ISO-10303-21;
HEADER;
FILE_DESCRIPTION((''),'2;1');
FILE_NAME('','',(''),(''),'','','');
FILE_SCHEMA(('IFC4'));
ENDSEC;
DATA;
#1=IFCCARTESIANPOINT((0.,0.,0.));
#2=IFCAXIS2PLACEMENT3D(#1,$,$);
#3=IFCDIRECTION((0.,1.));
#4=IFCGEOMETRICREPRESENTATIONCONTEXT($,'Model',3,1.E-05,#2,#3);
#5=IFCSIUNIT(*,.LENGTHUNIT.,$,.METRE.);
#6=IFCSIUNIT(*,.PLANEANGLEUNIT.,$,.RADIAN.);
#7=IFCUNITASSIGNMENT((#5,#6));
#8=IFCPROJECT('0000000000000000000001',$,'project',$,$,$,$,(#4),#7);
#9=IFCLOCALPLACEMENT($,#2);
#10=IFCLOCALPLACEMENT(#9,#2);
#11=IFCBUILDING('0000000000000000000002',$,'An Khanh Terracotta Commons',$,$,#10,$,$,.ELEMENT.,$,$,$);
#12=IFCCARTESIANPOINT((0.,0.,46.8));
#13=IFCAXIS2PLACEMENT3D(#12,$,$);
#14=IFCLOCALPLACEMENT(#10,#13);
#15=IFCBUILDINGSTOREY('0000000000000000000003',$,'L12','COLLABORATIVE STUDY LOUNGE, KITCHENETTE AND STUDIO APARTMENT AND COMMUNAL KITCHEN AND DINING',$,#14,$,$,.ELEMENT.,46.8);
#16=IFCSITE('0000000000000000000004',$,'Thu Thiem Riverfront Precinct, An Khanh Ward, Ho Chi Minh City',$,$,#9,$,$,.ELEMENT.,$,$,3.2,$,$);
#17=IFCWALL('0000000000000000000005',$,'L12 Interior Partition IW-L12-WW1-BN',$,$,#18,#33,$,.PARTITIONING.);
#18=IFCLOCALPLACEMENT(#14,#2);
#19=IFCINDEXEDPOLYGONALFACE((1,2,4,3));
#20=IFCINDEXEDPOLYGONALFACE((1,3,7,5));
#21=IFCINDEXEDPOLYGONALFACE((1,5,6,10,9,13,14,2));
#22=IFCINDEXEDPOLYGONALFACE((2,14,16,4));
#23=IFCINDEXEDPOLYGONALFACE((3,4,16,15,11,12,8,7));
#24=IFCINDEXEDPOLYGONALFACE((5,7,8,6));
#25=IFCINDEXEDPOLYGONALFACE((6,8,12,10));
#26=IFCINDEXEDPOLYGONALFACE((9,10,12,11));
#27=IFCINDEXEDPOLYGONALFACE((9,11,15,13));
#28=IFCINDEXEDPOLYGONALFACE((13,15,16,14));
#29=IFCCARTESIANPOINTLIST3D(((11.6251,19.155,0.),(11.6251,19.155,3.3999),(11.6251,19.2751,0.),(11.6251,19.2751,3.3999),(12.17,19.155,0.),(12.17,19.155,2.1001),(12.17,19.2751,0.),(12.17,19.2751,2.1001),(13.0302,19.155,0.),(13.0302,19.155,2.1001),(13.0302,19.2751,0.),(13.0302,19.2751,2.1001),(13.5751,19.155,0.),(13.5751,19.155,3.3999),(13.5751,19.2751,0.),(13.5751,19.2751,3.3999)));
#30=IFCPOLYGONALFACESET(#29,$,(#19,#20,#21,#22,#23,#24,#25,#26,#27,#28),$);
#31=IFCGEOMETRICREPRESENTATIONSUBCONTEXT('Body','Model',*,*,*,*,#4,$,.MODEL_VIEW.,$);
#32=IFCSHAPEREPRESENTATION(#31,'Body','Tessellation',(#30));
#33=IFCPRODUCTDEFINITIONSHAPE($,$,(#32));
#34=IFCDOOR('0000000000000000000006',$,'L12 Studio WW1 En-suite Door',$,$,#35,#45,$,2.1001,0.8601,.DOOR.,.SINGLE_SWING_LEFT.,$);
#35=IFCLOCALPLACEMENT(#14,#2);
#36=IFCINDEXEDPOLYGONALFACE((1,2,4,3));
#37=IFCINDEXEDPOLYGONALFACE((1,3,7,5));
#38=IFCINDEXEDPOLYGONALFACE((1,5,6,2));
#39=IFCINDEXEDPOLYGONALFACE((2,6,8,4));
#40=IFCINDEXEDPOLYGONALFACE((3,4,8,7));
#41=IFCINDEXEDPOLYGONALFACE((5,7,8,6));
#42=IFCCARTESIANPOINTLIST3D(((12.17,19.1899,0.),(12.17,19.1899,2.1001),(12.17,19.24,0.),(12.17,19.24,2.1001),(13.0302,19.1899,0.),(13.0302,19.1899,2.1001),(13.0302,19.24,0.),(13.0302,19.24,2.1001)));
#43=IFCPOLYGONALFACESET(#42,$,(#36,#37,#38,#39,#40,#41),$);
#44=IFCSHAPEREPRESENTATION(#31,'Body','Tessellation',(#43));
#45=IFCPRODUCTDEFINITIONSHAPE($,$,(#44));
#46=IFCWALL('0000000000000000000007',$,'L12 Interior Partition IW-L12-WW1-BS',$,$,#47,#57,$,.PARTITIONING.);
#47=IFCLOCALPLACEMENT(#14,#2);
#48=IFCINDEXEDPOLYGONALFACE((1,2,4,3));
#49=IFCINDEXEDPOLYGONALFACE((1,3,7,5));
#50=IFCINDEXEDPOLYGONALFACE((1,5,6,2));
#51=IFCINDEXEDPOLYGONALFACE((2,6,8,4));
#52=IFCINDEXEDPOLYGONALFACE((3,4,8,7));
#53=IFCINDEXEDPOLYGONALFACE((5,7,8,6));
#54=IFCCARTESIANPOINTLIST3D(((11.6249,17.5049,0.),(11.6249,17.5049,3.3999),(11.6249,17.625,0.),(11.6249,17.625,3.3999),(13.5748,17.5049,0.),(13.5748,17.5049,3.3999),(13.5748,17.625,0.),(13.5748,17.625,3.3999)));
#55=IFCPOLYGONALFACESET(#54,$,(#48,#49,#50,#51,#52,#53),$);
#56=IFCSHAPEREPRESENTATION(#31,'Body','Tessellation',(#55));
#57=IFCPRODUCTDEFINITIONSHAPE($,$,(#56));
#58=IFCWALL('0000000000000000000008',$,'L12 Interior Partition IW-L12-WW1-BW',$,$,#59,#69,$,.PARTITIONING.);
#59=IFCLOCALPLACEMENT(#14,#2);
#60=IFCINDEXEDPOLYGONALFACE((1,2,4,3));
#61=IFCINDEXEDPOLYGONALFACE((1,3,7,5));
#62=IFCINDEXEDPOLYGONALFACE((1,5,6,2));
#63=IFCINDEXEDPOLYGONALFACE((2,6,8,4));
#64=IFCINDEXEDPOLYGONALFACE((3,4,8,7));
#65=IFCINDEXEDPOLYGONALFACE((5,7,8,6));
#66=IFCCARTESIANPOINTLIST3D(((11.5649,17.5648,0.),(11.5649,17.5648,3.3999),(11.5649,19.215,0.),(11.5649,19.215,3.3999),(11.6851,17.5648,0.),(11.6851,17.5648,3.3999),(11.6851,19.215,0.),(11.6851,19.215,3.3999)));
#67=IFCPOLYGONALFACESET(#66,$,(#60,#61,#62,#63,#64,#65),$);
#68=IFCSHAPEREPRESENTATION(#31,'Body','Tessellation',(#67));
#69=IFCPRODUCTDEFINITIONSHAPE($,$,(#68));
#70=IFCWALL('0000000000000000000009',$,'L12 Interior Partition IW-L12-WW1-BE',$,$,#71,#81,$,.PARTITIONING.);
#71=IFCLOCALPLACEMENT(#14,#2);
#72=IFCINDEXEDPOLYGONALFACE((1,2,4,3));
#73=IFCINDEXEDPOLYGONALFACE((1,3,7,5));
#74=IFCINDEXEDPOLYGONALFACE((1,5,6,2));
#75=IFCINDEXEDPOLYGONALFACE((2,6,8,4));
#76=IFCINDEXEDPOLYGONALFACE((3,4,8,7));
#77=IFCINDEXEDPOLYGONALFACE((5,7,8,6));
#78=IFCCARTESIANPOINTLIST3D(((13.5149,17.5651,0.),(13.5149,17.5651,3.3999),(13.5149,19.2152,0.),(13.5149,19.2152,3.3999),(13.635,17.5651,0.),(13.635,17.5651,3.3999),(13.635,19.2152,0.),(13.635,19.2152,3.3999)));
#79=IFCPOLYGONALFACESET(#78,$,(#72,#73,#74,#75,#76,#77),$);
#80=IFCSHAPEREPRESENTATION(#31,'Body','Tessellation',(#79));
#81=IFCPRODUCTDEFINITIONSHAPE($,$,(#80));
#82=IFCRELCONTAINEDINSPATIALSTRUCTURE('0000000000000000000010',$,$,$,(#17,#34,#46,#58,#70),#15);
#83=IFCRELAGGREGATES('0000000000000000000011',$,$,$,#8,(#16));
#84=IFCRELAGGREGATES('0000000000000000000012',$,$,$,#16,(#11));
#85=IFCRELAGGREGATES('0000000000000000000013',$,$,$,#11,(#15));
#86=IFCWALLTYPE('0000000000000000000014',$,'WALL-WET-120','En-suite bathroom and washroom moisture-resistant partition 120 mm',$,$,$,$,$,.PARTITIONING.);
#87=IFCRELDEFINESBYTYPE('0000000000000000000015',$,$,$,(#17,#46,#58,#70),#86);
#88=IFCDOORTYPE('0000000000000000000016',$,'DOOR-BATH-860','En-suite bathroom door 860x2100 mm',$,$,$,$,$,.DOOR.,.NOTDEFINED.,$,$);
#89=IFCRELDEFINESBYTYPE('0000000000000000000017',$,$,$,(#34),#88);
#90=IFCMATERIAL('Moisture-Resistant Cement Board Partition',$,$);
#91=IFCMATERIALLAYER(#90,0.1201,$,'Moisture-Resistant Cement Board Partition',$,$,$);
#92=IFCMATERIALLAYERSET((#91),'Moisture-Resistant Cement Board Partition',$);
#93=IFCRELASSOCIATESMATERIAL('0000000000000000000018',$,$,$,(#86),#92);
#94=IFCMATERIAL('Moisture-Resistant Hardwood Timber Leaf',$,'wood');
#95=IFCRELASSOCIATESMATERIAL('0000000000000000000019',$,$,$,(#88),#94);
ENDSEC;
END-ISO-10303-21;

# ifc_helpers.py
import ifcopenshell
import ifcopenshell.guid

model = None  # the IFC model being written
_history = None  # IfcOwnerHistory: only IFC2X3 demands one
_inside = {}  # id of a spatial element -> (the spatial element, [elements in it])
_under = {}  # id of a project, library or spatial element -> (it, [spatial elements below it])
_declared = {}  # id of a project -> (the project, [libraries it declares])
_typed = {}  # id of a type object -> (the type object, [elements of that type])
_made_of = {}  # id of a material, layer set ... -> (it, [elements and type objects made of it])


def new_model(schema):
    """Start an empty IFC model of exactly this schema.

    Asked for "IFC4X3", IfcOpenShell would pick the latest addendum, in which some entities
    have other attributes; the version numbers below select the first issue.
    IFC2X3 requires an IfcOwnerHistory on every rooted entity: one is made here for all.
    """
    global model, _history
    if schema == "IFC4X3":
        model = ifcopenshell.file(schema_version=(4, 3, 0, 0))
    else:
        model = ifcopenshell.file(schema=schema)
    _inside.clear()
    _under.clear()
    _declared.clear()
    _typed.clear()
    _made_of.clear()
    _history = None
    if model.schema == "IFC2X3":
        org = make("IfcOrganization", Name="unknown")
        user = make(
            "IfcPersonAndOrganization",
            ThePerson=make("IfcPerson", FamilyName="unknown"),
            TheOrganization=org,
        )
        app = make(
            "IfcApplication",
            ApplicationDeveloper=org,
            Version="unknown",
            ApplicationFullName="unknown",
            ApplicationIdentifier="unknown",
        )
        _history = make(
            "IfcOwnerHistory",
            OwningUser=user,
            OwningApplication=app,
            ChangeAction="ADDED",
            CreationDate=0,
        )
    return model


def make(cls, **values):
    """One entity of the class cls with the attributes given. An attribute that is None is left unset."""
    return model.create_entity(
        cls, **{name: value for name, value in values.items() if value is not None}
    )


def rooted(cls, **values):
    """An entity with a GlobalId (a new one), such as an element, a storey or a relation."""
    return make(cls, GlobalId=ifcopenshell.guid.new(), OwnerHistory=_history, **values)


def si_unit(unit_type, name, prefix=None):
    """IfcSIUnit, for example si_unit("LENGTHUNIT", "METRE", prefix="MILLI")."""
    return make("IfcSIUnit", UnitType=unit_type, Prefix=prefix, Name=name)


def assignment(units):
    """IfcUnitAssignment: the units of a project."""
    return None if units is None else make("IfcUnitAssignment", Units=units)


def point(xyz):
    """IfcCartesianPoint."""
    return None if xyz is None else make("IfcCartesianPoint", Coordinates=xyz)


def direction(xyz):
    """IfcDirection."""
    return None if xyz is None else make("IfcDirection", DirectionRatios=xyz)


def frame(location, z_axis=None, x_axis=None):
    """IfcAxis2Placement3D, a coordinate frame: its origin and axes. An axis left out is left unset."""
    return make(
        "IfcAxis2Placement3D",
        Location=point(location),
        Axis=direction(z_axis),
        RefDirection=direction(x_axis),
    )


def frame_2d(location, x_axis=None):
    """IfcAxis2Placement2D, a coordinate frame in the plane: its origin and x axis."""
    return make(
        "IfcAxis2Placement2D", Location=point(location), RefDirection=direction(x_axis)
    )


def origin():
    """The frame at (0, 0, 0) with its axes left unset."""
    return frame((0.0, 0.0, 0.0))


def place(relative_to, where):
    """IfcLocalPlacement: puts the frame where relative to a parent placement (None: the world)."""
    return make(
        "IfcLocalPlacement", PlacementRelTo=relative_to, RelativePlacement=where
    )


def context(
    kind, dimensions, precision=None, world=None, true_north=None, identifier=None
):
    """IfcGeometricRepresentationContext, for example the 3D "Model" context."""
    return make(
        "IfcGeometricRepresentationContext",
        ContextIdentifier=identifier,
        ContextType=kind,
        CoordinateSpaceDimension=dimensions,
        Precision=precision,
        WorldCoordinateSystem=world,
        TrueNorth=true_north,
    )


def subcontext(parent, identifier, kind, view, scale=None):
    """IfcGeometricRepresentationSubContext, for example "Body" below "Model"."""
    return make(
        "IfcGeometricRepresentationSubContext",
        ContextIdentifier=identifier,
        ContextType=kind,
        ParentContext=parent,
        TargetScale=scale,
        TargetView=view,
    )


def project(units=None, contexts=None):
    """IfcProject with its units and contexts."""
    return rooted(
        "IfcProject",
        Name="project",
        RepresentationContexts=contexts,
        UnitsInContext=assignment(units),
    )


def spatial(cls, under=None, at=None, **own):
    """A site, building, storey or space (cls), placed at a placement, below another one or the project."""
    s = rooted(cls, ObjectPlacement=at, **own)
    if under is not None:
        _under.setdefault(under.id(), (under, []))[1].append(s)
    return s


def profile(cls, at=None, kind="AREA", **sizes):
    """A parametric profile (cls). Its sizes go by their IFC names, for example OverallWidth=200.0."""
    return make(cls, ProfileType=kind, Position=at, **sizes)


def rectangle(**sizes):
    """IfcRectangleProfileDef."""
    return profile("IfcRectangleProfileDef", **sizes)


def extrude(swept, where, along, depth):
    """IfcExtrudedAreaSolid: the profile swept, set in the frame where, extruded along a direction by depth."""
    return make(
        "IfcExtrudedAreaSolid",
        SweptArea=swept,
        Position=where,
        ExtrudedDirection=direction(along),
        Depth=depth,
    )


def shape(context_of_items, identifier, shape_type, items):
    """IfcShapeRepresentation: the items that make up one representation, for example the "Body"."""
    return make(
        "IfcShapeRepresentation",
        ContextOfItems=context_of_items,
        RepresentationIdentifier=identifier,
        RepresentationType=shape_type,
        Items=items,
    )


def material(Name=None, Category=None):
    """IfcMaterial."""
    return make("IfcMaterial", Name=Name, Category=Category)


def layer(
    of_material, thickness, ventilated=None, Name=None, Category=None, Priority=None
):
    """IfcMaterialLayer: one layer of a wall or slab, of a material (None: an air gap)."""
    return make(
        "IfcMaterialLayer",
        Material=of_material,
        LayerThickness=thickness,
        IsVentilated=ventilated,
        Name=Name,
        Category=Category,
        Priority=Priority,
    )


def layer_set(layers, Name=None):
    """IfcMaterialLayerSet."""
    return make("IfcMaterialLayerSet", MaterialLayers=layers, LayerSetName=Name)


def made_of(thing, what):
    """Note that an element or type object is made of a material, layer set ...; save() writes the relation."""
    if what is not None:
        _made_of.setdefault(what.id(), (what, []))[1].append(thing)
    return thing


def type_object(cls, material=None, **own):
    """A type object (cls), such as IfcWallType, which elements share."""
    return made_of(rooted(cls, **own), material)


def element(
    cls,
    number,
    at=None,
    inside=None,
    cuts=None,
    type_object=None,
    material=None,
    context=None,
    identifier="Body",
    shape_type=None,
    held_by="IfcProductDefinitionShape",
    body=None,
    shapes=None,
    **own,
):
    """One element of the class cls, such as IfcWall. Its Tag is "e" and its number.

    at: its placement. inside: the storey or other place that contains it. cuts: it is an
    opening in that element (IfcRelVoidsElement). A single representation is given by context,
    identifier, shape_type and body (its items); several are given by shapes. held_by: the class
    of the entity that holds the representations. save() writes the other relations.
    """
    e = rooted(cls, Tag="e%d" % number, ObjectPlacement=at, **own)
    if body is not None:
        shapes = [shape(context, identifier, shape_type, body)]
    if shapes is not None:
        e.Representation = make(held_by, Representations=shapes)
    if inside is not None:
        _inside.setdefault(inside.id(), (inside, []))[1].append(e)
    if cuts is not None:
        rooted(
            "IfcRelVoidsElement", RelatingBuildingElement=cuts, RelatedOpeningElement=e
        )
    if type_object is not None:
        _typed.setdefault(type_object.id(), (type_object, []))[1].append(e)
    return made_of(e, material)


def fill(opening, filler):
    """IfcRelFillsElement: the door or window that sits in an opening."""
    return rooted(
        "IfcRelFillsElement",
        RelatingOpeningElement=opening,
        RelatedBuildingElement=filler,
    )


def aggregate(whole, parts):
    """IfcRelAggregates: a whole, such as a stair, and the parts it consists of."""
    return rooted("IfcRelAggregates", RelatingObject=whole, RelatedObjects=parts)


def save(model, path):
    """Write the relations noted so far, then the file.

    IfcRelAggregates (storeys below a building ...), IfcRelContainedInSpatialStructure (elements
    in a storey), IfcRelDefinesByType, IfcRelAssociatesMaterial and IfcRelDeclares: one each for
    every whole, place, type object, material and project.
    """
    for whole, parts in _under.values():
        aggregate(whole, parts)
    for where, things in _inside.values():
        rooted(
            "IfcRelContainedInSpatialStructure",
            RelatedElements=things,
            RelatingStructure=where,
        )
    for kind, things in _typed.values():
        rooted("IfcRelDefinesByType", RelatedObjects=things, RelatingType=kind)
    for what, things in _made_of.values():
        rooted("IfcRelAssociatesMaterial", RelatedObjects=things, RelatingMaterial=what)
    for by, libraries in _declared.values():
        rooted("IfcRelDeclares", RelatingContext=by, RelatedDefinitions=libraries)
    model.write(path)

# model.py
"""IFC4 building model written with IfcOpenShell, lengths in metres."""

from ifc_helpers import new_model, si_unit, direction, frame, frame_2d, origin, place, context, subcontext, project, spatial, rectangle, extrude, material, layer, layer_set, type_object, element, fill, save


model = new_model("IFC4")

# Units and contexts
model_context = context("Model", 3, precision=1e-05, world=origin(), true_north=direction((0.0, 1.0)))
body_context = subcontext(model_context, "Body", "Model", "MODEL_VIEW")
ifc_project = project(units=[si_unit("LENGTHUNIT", "METRE"), si_unit("PLANEANGLEUNIT", "RADIAN")], contexts=[model_context])

# Site, building, storey
site_placement = place(None, origin())
site = spatial("IfcSite", under=ifc_project, at=site_placement, Name="Thu Thiem Riverfront Precinct, An Khanh Ward, Ho Chi Minh City", CompositionType="ELEMENT", RefElevation=3.2)
building_placement = place(site_placement, origin())
building = spatial("IfcBuilding", under=site, at=building_placement, Name="An Khanh Terracotta Commons", CompositionType="ELEMENT")
storey_placement = place(building_placement, frame((0.0, 0.0, 46.8)))
storey = spatial("IfcBuildingStorey", under=building, at=storey_placement, Name="L12", Description="COLLABORATIVE STUDY LOUNGE, KITCHENETTE AND STUDIO APARTMENT AND COMMUNAL KITCHEN AND DINING", CompositionType="ELEMENT", Elevation=46.8)

# Wall, opening, door
ifc_material_1 = material(Name="Moisture-Resistant Cement Board Partition")
ifc_layer_1 = layer(ifc_material_1, 0.1201, Name="Moisture-Resistant Cement Board Partition")
ifc_layer_set_1 = layer_set([ifc_layer_1], Name="Moisture-Resistant Cement Board Partition")
wall_type_1 = type_object("IfcWallType", Name="WALL-WET-120", Description="En-suite bathroom and washroom moisture-resistant partition 120 mm", PredefinedType="PARTITIONING", material=ifc_layer_set_1)
wall_1_placement = place(storey_placement, frame((11.625, 19.2151, 0.0), z_axis=(0.0, 0.0, 1.0), x_axis=(1.0, 0.0, 0.0)))
wall_1 = element("IfcWall", 1, at=wall_1_placement, inside=storey, type_object=wall_type_1, Name="L12 Interior Partition IW-L12-WW1-BN", PredefinedType="PARTITIONING", context=body_context, shape_type="SweptSolid", body=[
    extrude(rectangle(XDim=1.95, YDim=0.1201, at=frame_2d((0.9751, 0.0))), origin(), (0.0, 0.0, 1.0), 3.3999),
])
opening_1_placement = place(wall_1_placement, frame((0.5449, 0.0, 0.0)))
opening_1 = element("IfcOpeningElement", 2, at=opening_1_placement, cuts=wall_1, PredefinedType="OPENING", context=body_context, shape_type="SweptSolid", body=[
    extrude(rectangle(XDim=0.8601, YDim=2.1001, at=frame_2d((0.4302, 1.05))), frame((0.0, 0.0701, 0.0), z_axis=(0.0, -1.0, 0.0), x_axis=(1.0, 0.0, 0.0)), (0.0, 0.0, 1.0), 0.1401),
])
ifc_material_2 = material(Name="Moisture-Resistant Hardwood Timber Leaf", Category="wood")
door_type_1 = type_object("IfcDoorType", Name="DOOR-BATH-860", Description="En-suite bathroom door 860x2100 mm", OperationType="NOTDEFINED", PredefinedType="DOOR", material=ifc_material_2)
door_1_placement = place(opening_1_placement, origin())
door_1 = element("IfcDoor", 3, at=door_1_placement, inside=storey, type_object=door_type_1, Name="L12 Studio WW1 En-suite Door", OperationType="SINGLE_SWING_LEFT", OverallHeight=2.1001, OverallWidth=0.8601, PredefinedType="DOOR", context=body_context, shape_type="SweptSolid", body=[
    extrude(rectangle(XDim=0.8601, YDim=2.1001, at=frame_2d((0.4302, 1.05))), frame((0.0, 0.0249, 0.0), z_axis=(0.0, -1.0, 0.0), x_axis=(1.0, 0.0, 0.0)), (0.0, 0.0, 1.0), 0.05),
])
fill(opening_1, door_1)

# Walls
wall_2_placement = place(storey_placement, frame((13.575, 17.5649, 0.0), z_axis=(0.0, 0.0, 1.0), x_axis=(-1.0, 0.0, 0.0)))
element("IfcWall", 4, at=wall_2_placement, inside=storey, type_object=wall_type_1, Name="L12 Interior Partition IW-L12-WW1-BS", PredefinedType="PARTITIONING", context=body_context, shape_type="SweptSolid", body=[
    extrude(rectangle(XDim=1.95, YDim=0.1201, at=frame_2d((0.9751, 0.0))), origin(), (0.0, 0.0, 1.0), 3.3999),
])
for number, where, z_axis, x_axis, name in (
    (5, (11.625, 19.2151, 0.0), (0.0, 0.0, 1.0), (0.0, -1.0, 0.0), "L12 Interior Partition IW-L12-WW1-BW"),
    (6, (13.575, 17.5649, 0.0), (0.0, 0.0, 1.0), (0.0, 1.0, 0.0), "L12 Interior Partition IW-L12-WW1-BE"),
):
    element("IfcWall", number, at=place(storey_placement, frame(where, z_axis=z_axis, x_axis=x_axis)), inside=storey, type_object=wall_type_1, Name=name, PredefinedType="PARTITIONING", context=body_context, shape_type="SweptSolid", body=[
        extrude(rectangle(XDim=1.6501, YDim=0.1201, at=frame_2d((0.8252, 0.0))), origin(), (0.0, 0.0, 1.0), 3.3999),
    ])

save(model, "model.ifc")
